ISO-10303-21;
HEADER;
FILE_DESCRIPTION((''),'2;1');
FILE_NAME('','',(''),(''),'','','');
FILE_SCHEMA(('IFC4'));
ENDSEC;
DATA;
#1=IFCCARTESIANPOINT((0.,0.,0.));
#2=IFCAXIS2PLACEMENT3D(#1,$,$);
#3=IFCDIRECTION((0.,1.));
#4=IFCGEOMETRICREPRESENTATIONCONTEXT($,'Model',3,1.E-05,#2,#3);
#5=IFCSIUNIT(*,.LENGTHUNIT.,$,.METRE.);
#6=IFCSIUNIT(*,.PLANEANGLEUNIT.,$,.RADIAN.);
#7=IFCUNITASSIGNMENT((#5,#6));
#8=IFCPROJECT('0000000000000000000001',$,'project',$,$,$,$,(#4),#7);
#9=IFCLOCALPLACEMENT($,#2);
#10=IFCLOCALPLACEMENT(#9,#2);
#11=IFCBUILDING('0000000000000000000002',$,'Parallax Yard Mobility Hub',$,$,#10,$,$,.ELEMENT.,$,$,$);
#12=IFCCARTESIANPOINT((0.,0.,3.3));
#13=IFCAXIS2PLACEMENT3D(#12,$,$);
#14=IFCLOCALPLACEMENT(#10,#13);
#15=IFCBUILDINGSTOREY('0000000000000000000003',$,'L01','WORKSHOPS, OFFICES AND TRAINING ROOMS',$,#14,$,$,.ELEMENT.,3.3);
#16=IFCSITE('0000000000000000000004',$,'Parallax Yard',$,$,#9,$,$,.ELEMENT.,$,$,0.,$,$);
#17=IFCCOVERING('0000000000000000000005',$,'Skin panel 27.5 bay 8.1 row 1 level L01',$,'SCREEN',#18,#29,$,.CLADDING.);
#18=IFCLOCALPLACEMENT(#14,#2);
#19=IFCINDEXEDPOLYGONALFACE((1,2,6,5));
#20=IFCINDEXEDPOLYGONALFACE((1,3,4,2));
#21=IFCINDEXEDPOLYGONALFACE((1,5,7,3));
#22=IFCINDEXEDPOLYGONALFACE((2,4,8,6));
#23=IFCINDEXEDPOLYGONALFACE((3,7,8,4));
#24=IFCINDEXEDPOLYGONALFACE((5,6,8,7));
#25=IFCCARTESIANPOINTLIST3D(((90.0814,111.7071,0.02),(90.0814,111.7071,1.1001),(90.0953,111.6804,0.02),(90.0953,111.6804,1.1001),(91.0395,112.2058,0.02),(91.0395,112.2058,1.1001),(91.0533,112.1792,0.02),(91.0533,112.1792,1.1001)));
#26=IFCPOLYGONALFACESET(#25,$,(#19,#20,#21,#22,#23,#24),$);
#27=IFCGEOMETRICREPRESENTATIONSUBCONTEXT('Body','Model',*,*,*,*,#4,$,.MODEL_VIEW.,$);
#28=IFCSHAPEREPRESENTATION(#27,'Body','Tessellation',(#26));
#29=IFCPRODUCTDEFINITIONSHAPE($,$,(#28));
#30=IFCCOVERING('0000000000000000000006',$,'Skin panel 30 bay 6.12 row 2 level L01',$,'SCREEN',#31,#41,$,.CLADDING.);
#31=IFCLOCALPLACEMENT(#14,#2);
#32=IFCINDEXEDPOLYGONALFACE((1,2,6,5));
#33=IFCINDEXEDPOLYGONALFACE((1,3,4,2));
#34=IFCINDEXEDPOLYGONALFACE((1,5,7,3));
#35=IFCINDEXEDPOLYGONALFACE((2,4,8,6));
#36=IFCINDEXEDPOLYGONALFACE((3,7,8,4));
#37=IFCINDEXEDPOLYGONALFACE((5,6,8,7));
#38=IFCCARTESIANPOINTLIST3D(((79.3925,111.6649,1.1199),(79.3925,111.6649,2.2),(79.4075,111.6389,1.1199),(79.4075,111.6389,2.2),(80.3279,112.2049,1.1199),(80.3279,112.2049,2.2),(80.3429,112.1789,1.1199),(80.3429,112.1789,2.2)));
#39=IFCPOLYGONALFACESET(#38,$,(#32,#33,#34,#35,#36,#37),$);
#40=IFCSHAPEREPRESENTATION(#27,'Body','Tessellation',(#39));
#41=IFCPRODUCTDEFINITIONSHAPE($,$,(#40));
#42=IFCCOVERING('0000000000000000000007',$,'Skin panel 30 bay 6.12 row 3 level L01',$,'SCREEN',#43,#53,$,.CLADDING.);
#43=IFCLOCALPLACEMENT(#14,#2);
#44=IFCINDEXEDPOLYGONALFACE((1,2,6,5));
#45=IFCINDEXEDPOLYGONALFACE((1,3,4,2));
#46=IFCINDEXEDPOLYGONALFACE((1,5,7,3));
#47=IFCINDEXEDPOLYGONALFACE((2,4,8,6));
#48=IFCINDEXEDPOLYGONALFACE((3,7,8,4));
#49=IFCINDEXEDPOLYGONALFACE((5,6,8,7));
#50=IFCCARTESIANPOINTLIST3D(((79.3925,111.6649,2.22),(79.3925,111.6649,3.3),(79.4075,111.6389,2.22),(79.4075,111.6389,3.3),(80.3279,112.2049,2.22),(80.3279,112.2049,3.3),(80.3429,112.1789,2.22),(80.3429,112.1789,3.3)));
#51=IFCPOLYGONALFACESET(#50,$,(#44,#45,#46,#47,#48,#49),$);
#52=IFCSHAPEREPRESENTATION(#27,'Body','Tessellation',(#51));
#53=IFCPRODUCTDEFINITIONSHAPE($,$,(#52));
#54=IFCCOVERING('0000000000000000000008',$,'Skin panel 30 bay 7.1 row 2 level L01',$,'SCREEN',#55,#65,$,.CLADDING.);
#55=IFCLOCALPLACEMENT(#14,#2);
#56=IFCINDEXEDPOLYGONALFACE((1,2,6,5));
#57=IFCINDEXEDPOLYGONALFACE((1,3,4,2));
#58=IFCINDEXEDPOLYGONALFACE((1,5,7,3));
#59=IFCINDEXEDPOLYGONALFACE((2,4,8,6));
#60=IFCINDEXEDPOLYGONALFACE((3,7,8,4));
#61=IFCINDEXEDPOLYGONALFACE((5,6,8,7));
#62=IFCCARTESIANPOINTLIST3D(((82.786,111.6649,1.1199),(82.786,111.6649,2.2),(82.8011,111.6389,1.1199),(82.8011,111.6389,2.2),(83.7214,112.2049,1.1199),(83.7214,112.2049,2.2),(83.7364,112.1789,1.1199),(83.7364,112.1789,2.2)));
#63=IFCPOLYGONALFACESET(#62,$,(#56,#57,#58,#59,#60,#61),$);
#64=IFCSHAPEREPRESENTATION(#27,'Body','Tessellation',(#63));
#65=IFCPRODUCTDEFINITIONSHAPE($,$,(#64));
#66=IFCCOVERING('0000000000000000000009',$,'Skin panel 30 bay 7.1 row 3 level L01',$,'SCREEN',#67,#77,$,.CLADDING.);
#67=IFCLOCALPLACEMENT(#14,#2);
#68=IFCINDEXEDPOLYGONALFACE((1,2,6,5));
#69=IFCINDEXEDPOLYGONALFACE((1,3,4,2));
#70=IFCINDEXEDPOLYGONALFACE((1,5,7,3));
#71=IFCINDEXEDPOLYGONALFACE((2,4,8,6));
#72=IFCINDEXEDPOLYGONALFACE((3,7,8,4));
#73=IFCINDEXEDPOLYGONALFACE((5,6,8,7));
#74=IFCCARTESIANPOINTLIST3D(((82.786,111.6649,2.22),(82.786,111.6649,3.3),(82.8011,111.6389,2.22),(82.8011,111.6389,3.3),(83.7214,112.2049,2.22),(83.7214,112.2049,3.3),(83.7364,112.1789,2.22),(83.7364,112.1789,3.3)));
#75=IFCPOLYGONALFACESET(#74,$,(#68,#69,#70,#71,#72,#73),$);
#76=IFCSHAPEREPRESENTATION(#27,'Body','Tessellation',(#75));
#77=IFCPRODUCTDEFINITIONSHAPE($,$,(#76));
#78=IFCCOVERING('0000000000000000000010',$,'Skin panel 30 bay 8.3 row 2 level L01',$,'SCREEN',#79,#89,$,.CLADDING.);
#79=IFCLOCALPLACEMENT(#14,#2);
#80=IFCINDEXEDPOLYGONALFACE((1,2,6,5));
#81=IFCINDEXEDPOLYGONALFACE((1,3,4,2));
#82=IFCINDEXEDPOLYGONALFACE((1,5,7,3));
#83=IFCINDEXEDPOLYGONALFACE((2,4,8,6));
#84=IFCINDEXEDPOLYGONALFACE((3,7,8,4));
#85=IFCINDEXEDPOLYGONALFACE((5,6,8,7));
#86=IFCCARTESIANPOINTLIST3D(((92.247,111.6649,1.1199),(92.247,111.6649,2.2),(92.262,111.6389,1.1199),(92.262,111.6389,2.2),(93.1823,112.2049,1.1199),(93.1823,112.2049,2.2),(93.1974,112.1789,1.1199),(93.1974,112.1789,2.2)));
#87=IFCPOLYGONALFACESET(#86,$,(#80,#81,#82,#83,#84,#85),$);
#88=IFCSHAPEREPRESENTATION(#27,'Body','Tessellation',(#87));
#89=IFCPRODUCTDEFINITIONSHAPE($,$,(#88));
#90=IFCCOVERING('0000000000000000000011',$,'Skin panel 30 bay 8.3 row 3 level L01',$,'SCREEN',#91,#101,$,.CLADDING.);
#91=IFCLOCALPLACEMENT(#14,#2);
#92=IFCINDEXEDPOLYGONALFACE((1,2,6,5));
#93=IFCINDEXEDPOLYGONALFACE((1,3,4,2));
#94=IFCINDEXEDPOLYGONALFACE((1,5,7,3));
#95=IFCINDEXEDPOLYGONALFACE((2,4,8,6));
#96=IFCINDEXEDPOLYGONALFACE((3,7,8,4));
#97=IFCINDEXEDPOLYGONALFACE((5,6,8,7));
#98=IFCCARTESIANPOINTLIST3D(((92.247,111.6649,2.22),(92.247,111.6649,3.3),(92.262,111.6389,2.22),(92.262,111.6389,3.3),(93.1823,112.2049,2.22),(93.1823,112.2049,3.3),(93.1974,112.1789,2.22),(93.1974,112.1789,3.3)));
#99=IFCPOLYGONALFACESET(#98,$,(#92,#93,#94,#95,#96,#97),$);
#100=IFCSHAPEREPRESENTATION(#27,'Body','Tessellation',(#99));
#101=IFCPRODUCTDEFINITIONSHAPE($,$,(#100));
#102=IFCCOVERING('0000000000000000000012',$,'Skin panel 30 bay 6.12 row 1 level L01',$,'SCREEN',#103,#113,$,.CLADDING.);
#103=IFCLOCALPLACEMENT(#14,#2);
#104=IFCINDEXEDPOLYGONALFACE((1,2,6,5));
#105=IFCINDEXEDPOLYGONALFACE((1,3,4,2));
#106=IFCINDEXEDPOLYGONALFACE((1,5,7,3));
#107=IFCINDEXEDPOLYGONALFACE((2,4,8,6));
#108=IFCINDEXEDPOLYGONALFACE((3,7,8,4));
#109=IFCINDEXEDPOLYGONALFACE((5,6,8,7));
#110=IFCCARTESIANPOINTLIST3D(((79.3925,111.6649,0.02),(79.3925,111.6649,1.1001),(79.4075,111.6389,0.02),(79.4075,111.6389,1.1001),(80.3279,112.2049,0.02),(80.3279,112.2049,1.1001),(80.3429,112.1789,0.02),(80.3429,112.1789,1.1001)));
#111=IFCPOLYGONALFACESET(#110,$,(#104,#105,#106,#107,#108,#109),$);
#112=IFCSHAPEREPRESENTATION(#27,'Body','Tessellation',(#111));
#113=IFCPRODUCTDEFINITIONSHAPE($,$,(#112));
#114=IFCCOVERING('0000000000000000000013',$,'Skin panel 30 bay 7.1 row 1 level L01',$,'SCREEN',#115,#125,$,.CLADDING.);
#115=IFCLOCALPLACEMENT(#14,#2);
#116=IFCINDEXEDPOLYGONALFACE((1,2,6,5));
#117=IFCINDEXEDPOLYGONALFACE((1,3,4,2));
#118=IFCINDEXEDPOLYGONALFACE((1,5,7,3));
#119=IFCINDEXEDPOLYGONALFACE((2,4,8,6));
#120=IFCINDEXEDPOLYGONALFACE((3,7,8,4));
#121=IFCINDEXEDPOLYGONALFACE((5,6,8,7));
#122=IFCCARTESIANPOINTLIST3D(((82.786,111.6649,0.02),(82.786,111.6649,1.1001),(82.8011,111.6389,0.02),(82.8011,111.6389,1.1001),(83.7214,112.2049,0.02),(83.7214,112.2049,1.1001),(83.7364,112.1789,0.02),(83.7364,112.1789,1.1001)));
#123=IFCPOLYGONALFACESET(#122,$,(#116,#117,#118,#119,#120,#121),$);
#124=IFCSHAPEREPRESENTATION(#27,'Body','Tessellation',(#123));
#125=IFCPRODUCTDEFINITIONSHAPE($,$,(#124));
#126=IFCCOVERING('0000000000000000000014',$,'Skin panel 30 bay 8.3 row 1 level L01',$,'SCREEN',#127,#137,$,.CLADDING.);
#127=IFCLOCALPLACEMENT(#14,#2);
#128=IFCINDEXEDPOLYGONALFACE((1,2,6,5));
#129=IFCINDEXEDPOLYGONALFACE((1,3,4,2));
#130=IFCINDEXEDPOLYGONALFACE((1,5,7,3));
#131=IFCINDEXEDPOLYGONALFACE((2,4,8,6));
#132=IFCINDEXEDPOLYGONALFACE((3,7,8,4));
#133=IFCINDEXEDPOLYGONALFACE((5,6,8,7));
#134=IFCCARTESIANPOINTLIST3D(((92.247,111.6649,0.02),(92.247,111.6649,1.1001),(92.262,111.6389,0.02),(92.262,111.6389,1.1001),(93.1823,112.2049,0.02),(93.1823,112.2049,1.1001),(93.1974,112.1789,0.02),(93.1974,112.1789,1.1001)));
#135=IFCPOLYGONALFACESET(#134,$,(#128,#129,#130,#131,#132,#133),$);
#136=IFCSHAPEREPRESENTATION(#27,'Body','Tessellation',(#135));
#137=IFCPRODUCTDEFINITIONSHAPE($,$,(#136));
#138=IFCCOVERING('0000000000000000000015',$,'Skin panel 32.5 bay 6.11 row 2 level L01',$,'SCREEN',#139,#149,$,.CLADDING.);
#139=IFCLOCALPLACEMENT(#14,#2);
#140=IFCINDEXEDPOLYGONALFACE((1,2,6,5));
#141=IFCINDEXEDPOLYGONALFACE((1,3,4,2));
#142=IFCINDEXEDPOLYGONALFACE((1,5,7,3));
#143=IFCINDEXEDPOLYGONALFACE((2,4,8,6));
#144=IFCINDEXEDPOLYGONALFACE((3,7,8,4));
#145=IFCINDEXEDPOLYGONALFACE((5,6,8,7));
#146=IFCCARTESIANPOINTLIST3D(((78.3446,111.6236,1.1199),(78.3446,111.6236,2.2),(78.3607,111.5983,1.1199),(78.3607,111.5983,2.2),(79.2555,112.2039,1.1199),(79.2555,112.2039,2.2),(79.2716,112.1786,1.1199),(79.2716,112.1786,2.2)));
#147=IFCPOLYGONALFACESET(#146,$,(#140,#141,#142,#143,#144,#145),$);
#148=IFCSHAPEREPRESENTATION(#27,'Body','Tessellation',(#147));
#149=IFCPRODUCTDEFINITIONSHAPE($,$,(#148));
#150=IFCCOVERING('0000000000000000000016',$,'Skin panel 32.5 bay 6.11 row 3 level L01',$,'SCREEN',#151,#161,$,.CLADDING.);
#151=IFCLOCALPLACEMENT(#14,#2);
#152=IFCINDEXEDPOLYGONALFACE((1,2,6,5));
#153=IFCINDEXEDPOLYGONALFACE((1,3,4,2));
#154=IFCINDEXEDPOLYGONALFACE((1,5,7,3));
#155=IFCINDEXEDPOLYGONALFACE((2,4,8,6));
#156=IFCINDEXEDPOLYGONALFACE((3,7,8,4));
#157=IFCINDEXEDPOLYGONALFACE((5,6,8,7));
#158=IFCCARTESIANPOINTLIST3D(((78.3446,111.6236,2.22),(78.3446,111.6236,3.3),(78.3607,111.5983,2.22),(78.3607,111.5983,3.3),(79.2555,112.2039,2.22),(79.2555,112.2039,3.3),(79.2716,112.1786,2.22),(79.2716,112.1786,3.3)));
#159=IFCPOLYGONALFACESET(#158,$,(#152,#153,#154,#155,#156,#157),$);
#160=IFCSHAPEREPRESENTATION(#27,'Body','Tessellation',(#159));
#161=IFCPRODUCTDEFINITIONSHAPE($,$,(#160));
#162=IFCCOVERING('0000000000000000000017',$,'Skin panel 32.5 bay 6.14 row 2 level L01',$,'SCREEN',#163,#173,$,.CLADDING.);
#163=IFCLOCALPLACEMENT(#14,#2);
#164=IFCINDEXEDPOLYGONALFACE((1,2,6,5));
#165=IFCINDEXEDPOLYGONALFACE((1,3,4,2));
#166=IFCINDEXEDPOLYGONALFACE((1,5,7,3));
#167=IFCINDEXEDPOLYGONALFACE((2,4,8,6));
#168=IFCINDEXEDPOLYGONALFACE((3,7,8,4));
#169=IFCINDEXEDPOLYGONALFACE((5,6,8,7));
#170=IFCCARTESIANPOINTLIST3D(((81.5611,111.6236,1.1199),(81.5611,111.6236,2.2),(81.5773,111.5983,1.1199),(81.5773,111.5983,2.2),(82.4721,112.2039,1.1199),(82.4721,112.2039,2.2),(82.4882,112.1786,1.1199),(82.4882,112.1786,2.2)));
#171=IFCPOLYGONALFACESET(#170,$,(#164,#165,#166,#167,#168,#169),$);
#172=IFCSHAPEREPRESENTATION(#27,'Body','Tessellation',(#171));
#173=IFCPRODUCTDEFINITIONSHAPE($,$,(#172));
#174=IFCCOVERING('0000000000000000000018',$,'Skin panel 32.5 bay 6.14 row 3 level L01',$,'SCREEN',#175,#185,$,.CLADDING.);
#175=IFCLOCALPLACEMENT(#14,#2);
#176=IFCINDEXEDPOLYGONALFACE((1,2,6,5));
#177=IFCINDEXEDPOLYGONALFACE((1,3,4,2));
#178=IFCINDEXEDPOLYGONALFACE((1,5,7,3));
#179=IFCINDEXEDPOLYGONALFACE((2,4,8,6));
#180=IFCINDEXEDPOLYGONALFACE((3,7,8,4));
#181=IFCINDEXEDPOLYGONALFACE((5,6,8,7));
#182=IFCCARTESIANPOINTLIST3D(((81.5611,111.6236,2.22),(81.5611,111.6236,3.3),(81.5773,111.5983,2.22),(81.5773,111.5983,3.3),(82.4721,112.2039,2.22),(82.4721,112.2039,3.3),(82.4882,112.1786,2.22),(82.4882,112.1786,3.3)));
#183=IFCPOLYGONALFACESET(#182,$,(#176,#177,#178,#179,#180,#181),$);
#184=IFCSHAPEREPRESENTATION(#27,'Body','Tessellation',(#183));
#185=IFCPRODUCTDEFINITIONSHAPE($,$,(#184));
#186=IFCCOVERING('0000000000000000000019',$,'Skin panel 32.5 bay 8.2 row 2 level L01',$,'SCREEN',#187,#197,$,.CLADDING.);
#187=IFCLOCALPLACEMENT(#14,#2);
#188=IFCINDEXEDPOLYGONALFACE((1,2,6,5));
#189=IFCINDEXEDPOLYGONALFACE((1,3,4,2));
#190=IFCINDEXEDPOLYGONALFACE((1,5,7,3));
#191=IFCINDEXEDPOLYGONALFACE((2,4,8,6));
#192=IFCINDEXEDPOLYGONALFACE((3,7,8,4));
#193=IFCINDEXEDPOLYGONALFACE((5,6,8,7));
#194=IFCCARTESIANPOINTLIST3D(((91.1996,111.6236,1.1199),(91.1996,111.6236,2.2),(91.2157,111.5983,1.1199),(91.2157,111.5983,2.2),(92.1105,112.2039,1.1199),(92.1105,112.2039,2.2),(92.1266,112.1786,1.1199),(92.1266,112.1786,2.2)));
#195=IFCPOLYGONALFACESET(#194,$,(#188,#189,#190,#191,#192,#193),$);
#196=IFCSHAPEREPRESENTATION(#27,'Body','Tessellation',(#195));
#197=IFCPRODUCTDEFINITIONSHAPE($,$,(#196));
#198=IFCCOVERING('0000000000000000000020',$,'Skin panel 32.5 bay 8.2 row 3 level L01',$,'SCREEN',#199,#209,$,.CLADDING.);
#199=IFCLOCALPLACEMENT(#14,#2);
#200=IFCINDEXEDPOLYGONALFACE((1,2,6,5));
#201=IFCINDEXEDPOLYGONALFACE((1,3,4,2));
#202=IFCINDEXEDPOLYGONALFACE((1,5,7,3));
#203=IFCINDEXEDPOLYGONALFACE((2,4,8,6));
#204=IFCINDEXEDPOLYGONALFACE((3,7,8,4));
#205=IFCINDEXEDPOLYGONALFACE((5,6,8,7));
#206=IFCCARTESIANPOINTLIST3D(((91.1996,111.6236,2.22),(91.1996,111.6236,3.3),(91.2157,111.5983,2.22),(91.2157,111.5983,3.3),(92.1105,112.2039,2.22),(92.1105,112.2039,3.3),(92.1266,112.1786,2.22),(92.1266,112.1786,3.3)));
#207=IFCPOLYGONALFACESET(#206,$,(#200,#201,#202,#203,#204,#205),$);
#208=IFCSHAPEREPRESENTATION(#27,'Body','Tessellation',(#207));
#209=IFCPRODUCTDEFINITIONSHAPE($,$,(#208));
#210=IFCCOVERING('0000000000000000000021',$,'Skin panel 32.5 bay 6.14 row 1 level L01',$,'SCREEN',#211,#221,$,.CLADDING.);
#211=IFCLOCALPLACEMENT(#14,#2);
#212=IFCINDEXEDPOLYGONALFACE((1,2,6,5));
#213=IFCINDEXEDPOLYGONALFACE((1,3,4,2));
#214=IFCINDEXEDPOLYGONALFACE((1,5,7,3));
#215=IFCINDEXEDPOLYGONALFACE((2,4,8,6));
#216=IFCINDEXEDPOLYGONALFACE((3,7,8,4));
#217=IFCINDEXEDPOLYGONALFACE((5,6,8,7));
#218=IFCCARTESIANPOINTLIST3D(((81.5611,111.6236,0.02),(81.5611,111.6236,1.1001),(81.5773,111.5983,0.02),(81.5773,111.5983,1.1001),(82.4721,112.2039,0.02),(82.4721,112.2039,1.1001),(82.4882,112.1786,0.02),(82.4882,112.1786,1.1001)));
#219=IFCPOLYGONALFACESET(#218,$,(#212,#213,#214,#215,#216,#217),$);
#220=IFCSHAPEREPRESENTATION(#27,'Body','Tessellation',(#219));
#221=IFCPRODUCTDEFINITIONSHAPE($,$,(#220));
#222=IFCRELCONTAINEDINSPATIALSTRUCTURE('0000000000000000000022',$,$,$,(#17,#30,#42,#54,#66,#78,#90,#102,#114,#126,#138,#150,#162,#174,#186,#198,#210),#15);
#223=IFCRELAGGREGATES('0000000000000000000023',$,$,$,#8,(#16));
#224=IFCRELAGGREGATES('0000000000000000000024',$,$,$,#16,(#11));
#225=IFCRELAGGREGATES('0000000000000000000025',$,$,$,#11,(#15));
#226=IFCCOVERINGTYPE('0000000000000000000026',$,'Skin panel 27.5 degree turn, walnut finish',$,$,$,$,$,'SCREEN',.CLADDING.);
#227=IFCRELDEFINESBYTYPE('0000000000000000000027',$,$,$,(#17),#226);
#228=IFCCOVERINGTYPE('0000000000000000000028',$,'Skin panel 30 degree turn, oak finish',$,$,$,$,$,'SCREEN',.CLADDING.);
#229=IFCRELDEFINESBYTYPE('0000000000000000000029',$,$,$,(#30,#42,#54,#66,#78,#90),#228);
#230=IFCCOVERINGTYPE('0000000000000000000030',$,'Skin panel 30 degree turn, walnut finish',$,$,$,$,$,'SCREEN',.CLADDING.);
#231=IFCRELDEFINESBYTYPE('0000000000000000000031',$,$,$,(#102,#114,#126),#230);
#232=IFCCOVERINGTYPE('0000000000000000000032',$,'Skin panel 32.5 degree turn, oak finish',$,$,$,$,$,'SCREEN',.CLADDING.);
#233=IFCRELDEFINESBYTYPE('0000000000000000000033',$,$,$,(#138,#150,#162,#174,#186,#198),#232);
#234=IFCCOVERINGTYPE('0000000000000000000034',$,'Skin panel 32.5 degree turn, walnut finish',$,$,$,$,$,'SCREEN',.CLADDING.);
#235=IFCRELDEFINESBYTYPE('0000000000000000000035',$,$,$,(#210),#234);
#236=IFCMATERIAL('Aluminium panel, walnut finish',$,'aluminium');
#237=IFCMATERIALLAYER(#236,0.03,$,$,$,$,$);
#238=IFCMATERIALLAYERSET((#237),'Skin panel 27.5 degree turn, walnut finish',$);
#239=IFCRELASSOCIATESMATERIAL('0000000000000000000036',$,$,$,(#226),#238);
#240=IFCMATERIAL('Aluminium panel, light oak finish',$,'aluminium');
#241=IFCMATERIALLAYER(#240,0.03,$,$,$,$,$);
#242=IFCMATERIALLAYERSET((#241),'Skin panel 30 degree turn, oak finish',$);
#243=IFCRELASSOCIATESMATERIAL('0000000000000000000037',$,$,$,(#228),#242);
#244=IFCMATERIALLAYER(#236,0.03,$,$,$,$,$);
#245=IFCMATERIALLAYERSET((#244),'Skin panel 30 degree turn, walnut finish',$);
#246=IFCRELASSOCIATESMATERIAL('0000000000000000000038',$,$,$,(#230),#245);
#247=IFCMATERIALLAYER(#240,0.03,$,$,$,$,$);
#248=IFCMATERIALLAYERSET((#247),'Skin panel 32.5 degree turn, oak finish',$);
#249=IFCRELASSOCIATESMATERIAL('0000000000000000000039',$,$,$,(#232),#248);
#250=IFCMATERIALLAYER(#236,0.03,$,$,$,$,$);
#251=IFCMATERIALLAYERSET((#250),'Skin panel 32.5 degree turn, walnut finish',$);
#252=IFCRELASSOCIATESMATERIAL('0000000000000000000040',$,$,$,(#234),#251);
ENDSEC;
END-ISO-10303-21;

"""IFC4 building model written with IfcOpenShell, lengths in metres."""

from ifc_helpers import new_model, si_unit, direction, frame, origin, origin_2d, place, context, subcontext, project, spatial, rectangle, extrude, material, layer, layer_set, type_object, element, save


model = new_model("IFC4")

# Units and contexts
model_context = context("Model", 3, precision=1e-05, world=origin(), true_north=direction((0.0, 1.0)))
body_context = subcontext(model_context, "Body", "Model", "MODEL_VIEW")
ifc_project = project(units=[si_unit("LENGTHUNIT", "METRE"), si_unit("PLANEANGLEUNIT", "RADIAN")], contexts=[model_context])

# Site, building, storey
site_placement = place(None, origin())
site = spatial("IfcSite", under=ifc_project, at=site_placement, Name="Parallax Yard", CompositionType="ELEMENT", RefElevation=0.0)
building_placement = place(site_placement, origin())
building = spatial("IfcBuilding", under=site, at=building_placement, Name="Parallax Yard Mobility Hub", CompositionType="ELEMENT")
storey_placement = place(building_placement, frame((0.0, 0.0, 3.3)))
storey = spatial("IfcBuildingStorey", under=building, at=storey_placement, Name="L01", Description="WORKSHOPS, OFFICES AND TRAINING ROOMS", CompositionType="ELEMENT", Elevation=3.3)

# Coverings
ifc_material_1 = material(Name="Aluminium panel, light oak finish", Category="aluminium")
ifc_material_2 = material(Name="Aluminium panel, walnut finish", Category="aluminium")
ifc_layer_1 = layer(ifc_material_2, 0.03)
ifc_layer_set_1 = layer_set([ifc_layer_1], Name="Skin panel 27.5 degree turn, walnut finish")
covering_type_1 = type_object("IfcCoveringType", Name="Skin panel 27.5 degree turn, walnut finish", ElementType="SCREEN", PredefinedType="CLADDING", material=ifc_layer_set_1)
for number, where, z_axis, x_axis, name in (
    (1, (90.5674, 111.9431, 0.02), (0.0, 0.0, 1.0), (-0.887011, -0.461749, 0.0), "Skin panel 27.5 bay 8.1 row 1 level L01"),
):
    element("IfcCovering", number, at=place(storey_placement, frame(where, z_axis=z_axis, x_axis=x_axis)), inside=storey, type_object=covering_type_1, Name=name, ObjectType="SCREEN", PredefinedType="CLADDING", context=body_context, shape_type="SweptSolid", body=[
        extrude(rectangle(XDim=1.0801, YDim=0.03, at=origin_2d()), origin(), (0.0, 0.0, 1.0), 1.0801),
    ])
ifc_layer_2 = layer(ifc_material_1, 0.03)
ifc_layer_set_2 = layer_set([ifc_layer_2], Name="Skin panel 30 degree turn, oak finish")
covering_type_2 = type_object("IfcCoveringType", Name="Skin panel 30 degree turn, oak finish", ElementType="SCREEN", PredefinedType="CLADDING", material=ifc_layer_set_2)
for number, where, z_axis, x_axis, name in (
    (2, (79.8677, 111.9219, 1.1199), (0.0, 0.0, 1.0), (-0.866025, -0.5, 0.0), "Skin panel 30 bay 6.12 row 2 level L01"),
    (3, (79.8677, 111.9219, 2.22), (0.0, 0.0, 1.0), (-0.866025, -0.5, 0.0), "Skin panel 30 bay 6.12 row 3 level L01"),
    (4, (83.2612, 111.9219, 1.1199), (0.0, 0.0, 1.0), (-0.866025, -0.5, 0.0), "Skin panel 30 bay 7.1 row 2 level L01"),
    (5, (83.2612, 111.9219, 2.22), (0.0, 0.0, 1.0), (-0.866025, -0.5, 0.0), "Skin panel 30 bay 7.1 row 3 level L01"),
    (6, (92.7222, 111.9219, 1.1199), (0.0, 0.0, 1.0), (-0.866025, -0.5, 0.0), "Skin panel 30 bay 8.3 row 2 level L01"),
    (7, (92.7222, 111.9219, 2.22), (0.0, 0.0, 1.0), (-0.866025, -0.5, 0.0), "Skin panel 30 bay 8.3 row 3 level L01"),
):
    element("IfcCovering", number, at=place(storey_placement, frame(where, z_axis=z_axis, x_axis=x_axis)), inside=storey, type_object=covering_type_2, Name=name, ObjectType="SCREEN", PredefinedType="CLADDING", context=body_context, shape_type="SweptSolid", body=[
        extrude(rectangle(XDim=1.0801, YDim=0.03, at=origin_2d()), origin(), (0.0, 0.0, 1.0), 1.0801),
    ])
ifc_layer_3 = layer(ifc_material_2, 0.03)
ifc_layer_set_3 = layer_set([ifc_layer_3], Name="Skin panel 30 degree turn, walnut finish")
covering_type_3 = type_object("IfcCoveringType", Name="Skin panel 30 degree turn, walnut finish", ElementType="SCREEN", PredefinedType="CLADDING", material=ifc_layer_set_3)
for number, where, z_axis, x_axis, name in (
    (8, (79.8677, 111.9219, 0.02), (0.0, 0.0, 1.0), (-0.866025, -0.5, 0.0), "Skin panel 30 bay 6.12 row 1 level L01"),
    (9, (83.2612, 111.9219, 0.02), (0.0, 0.0, 1.0), (-0.866025, -0.5, 0.0), "Skin panel 30 bay 7.1 row 1 level L01"),
    (10, (92.7222, 111.9219, 0.02), (0.0, 0.0, 1.0), (-0.866025, -0.5, 0.0), "Skin panel 30 bay 8.3 row 1 level L01"),
):
    element("IfcCovering", number, at=place(storey_placement, frame(where, z_axis=z_axis, x_axis=x_axis)), inside=storey, type_object=covering_type_3, Name=name, ObjectType="SCREEN", PredefinedType="CLADDING", context=body_context, shape_type="SweptSolid", body=[
        extrude(rectangle(XDim=1.0801, YDim=0.03, at=origin_2d()), origin(), (0.0, 0.0, 1.0), 1.0801),
    ])
ifc_layer_4 = layer(ifc_material_1, 0.03)
ifc_layer_set_4 = layer_set([ifc_layer_4], Name="Skin panel 32.5 degree turn, oak finish")
covering_type_4 = type_object("IfcCoveringType", Name="Skin panel 32.5 degree turn, oak finish", ElementType="SCREEN", PredefinedType="CLADDING", material=ifc_layer_set_4)
for number, where, z_axis, x_axis, name in (
    (11, (78.8081, 111.9011, 1.1199), (0.0, 0.0, 1.0), (-0.843391, -0.5373, 0.0), "Skin panel 32.5 bay 6.11 row 2 level L01"),
    (12, (78.8081, 111.9011, 2.22), (0.0, 0.0, 1.0), (-0.843391, -0.5373, 0.0), "Skin panel 32.5 bay 6.11 row 3 level L01"),
    (13, (82.0247, 111.9011, 1.1199), (0.0, 0.0, 1.0), (-0.843391, -0.5373, 0.0), "Skin panel 32.5 bay 6.14 row 2 level L01"),
    (14, (82.0247, 111.9011, 2.22), (0.0, 0.0, 1.0), (-0.843391, -0.5373, 0.0), "Skin panel 32.5 bay 6.14 row 3 level L01"),
    (15, (91.6631, 111.9011, 1.1199), (0.0, 0.0, 1.0), (-0.843391, -0.5373, 0.0), "Skin panel 32.5 bay 8.2 row 2 level L01"),
    (16, (91.6631, 111.9011, 2.22), (0.0, 0.0, 1.0), (-0.843391, -0.5373, 0.0), "Skin panel 32.5 bay 8.2 row 3 level L01"),
):
    element("IfcCovering", number, at=place(storey_placement, frame(where, z_axis=z_axis, x_axis=x_axis)), inside=storey, type_object=covering_type_4, Name=name, ObjectType="SCREEN", PredefinedType="CLADDING", context=body_context, shape_type="SweptSolid", body=[
        extrude(rectangle(XDim=1.0801, YDim=0.03, at=origin_2d()), origin(), (0.0, 0.0, 1.0), 1.0801),
    ])
ifc_layer_5 = layer(ifc_material_2, 0.03)
ifc_layer_set_5 = layer_set([ifc_layer_5], Name="Skin panel 32.5 degree turn, walnut finish")
covering_type_5 = type_object("IfcCoveringType", Name="Skin panel 32.5 degree turn, walnut finish", ElementType="SCREEN", PredefinedType="CLADDING", material=ifc_layer_set_5)
for number, where, z_axis, x_axis, name in (
    (17, (82.0247, 111.9011, 0.02), (0.0, 0.0, 1.0), (-0.843391, -0.5373, 0.0), "Skin panel 32.5 bay 6.14 row 1 level L01"),
):
    element("IfcCovering", number, at=place(storey_placement, frame(where, z_axis=z_axis, x_axis=x_axis)), inside=storey, type_object=covering_type_5, Name=name, ObjectType="SCREEN", PredefinedType="CLADDING", context=body_context, shape_type="SweptSolid", body=[
        extrude(rectangle(XDim=1.0801, YDim=0.03, at=origin_2d()), origin(), (0.0, 0.0, 1.0), 1.0801),
    ])

save(model, "model.ifc")
